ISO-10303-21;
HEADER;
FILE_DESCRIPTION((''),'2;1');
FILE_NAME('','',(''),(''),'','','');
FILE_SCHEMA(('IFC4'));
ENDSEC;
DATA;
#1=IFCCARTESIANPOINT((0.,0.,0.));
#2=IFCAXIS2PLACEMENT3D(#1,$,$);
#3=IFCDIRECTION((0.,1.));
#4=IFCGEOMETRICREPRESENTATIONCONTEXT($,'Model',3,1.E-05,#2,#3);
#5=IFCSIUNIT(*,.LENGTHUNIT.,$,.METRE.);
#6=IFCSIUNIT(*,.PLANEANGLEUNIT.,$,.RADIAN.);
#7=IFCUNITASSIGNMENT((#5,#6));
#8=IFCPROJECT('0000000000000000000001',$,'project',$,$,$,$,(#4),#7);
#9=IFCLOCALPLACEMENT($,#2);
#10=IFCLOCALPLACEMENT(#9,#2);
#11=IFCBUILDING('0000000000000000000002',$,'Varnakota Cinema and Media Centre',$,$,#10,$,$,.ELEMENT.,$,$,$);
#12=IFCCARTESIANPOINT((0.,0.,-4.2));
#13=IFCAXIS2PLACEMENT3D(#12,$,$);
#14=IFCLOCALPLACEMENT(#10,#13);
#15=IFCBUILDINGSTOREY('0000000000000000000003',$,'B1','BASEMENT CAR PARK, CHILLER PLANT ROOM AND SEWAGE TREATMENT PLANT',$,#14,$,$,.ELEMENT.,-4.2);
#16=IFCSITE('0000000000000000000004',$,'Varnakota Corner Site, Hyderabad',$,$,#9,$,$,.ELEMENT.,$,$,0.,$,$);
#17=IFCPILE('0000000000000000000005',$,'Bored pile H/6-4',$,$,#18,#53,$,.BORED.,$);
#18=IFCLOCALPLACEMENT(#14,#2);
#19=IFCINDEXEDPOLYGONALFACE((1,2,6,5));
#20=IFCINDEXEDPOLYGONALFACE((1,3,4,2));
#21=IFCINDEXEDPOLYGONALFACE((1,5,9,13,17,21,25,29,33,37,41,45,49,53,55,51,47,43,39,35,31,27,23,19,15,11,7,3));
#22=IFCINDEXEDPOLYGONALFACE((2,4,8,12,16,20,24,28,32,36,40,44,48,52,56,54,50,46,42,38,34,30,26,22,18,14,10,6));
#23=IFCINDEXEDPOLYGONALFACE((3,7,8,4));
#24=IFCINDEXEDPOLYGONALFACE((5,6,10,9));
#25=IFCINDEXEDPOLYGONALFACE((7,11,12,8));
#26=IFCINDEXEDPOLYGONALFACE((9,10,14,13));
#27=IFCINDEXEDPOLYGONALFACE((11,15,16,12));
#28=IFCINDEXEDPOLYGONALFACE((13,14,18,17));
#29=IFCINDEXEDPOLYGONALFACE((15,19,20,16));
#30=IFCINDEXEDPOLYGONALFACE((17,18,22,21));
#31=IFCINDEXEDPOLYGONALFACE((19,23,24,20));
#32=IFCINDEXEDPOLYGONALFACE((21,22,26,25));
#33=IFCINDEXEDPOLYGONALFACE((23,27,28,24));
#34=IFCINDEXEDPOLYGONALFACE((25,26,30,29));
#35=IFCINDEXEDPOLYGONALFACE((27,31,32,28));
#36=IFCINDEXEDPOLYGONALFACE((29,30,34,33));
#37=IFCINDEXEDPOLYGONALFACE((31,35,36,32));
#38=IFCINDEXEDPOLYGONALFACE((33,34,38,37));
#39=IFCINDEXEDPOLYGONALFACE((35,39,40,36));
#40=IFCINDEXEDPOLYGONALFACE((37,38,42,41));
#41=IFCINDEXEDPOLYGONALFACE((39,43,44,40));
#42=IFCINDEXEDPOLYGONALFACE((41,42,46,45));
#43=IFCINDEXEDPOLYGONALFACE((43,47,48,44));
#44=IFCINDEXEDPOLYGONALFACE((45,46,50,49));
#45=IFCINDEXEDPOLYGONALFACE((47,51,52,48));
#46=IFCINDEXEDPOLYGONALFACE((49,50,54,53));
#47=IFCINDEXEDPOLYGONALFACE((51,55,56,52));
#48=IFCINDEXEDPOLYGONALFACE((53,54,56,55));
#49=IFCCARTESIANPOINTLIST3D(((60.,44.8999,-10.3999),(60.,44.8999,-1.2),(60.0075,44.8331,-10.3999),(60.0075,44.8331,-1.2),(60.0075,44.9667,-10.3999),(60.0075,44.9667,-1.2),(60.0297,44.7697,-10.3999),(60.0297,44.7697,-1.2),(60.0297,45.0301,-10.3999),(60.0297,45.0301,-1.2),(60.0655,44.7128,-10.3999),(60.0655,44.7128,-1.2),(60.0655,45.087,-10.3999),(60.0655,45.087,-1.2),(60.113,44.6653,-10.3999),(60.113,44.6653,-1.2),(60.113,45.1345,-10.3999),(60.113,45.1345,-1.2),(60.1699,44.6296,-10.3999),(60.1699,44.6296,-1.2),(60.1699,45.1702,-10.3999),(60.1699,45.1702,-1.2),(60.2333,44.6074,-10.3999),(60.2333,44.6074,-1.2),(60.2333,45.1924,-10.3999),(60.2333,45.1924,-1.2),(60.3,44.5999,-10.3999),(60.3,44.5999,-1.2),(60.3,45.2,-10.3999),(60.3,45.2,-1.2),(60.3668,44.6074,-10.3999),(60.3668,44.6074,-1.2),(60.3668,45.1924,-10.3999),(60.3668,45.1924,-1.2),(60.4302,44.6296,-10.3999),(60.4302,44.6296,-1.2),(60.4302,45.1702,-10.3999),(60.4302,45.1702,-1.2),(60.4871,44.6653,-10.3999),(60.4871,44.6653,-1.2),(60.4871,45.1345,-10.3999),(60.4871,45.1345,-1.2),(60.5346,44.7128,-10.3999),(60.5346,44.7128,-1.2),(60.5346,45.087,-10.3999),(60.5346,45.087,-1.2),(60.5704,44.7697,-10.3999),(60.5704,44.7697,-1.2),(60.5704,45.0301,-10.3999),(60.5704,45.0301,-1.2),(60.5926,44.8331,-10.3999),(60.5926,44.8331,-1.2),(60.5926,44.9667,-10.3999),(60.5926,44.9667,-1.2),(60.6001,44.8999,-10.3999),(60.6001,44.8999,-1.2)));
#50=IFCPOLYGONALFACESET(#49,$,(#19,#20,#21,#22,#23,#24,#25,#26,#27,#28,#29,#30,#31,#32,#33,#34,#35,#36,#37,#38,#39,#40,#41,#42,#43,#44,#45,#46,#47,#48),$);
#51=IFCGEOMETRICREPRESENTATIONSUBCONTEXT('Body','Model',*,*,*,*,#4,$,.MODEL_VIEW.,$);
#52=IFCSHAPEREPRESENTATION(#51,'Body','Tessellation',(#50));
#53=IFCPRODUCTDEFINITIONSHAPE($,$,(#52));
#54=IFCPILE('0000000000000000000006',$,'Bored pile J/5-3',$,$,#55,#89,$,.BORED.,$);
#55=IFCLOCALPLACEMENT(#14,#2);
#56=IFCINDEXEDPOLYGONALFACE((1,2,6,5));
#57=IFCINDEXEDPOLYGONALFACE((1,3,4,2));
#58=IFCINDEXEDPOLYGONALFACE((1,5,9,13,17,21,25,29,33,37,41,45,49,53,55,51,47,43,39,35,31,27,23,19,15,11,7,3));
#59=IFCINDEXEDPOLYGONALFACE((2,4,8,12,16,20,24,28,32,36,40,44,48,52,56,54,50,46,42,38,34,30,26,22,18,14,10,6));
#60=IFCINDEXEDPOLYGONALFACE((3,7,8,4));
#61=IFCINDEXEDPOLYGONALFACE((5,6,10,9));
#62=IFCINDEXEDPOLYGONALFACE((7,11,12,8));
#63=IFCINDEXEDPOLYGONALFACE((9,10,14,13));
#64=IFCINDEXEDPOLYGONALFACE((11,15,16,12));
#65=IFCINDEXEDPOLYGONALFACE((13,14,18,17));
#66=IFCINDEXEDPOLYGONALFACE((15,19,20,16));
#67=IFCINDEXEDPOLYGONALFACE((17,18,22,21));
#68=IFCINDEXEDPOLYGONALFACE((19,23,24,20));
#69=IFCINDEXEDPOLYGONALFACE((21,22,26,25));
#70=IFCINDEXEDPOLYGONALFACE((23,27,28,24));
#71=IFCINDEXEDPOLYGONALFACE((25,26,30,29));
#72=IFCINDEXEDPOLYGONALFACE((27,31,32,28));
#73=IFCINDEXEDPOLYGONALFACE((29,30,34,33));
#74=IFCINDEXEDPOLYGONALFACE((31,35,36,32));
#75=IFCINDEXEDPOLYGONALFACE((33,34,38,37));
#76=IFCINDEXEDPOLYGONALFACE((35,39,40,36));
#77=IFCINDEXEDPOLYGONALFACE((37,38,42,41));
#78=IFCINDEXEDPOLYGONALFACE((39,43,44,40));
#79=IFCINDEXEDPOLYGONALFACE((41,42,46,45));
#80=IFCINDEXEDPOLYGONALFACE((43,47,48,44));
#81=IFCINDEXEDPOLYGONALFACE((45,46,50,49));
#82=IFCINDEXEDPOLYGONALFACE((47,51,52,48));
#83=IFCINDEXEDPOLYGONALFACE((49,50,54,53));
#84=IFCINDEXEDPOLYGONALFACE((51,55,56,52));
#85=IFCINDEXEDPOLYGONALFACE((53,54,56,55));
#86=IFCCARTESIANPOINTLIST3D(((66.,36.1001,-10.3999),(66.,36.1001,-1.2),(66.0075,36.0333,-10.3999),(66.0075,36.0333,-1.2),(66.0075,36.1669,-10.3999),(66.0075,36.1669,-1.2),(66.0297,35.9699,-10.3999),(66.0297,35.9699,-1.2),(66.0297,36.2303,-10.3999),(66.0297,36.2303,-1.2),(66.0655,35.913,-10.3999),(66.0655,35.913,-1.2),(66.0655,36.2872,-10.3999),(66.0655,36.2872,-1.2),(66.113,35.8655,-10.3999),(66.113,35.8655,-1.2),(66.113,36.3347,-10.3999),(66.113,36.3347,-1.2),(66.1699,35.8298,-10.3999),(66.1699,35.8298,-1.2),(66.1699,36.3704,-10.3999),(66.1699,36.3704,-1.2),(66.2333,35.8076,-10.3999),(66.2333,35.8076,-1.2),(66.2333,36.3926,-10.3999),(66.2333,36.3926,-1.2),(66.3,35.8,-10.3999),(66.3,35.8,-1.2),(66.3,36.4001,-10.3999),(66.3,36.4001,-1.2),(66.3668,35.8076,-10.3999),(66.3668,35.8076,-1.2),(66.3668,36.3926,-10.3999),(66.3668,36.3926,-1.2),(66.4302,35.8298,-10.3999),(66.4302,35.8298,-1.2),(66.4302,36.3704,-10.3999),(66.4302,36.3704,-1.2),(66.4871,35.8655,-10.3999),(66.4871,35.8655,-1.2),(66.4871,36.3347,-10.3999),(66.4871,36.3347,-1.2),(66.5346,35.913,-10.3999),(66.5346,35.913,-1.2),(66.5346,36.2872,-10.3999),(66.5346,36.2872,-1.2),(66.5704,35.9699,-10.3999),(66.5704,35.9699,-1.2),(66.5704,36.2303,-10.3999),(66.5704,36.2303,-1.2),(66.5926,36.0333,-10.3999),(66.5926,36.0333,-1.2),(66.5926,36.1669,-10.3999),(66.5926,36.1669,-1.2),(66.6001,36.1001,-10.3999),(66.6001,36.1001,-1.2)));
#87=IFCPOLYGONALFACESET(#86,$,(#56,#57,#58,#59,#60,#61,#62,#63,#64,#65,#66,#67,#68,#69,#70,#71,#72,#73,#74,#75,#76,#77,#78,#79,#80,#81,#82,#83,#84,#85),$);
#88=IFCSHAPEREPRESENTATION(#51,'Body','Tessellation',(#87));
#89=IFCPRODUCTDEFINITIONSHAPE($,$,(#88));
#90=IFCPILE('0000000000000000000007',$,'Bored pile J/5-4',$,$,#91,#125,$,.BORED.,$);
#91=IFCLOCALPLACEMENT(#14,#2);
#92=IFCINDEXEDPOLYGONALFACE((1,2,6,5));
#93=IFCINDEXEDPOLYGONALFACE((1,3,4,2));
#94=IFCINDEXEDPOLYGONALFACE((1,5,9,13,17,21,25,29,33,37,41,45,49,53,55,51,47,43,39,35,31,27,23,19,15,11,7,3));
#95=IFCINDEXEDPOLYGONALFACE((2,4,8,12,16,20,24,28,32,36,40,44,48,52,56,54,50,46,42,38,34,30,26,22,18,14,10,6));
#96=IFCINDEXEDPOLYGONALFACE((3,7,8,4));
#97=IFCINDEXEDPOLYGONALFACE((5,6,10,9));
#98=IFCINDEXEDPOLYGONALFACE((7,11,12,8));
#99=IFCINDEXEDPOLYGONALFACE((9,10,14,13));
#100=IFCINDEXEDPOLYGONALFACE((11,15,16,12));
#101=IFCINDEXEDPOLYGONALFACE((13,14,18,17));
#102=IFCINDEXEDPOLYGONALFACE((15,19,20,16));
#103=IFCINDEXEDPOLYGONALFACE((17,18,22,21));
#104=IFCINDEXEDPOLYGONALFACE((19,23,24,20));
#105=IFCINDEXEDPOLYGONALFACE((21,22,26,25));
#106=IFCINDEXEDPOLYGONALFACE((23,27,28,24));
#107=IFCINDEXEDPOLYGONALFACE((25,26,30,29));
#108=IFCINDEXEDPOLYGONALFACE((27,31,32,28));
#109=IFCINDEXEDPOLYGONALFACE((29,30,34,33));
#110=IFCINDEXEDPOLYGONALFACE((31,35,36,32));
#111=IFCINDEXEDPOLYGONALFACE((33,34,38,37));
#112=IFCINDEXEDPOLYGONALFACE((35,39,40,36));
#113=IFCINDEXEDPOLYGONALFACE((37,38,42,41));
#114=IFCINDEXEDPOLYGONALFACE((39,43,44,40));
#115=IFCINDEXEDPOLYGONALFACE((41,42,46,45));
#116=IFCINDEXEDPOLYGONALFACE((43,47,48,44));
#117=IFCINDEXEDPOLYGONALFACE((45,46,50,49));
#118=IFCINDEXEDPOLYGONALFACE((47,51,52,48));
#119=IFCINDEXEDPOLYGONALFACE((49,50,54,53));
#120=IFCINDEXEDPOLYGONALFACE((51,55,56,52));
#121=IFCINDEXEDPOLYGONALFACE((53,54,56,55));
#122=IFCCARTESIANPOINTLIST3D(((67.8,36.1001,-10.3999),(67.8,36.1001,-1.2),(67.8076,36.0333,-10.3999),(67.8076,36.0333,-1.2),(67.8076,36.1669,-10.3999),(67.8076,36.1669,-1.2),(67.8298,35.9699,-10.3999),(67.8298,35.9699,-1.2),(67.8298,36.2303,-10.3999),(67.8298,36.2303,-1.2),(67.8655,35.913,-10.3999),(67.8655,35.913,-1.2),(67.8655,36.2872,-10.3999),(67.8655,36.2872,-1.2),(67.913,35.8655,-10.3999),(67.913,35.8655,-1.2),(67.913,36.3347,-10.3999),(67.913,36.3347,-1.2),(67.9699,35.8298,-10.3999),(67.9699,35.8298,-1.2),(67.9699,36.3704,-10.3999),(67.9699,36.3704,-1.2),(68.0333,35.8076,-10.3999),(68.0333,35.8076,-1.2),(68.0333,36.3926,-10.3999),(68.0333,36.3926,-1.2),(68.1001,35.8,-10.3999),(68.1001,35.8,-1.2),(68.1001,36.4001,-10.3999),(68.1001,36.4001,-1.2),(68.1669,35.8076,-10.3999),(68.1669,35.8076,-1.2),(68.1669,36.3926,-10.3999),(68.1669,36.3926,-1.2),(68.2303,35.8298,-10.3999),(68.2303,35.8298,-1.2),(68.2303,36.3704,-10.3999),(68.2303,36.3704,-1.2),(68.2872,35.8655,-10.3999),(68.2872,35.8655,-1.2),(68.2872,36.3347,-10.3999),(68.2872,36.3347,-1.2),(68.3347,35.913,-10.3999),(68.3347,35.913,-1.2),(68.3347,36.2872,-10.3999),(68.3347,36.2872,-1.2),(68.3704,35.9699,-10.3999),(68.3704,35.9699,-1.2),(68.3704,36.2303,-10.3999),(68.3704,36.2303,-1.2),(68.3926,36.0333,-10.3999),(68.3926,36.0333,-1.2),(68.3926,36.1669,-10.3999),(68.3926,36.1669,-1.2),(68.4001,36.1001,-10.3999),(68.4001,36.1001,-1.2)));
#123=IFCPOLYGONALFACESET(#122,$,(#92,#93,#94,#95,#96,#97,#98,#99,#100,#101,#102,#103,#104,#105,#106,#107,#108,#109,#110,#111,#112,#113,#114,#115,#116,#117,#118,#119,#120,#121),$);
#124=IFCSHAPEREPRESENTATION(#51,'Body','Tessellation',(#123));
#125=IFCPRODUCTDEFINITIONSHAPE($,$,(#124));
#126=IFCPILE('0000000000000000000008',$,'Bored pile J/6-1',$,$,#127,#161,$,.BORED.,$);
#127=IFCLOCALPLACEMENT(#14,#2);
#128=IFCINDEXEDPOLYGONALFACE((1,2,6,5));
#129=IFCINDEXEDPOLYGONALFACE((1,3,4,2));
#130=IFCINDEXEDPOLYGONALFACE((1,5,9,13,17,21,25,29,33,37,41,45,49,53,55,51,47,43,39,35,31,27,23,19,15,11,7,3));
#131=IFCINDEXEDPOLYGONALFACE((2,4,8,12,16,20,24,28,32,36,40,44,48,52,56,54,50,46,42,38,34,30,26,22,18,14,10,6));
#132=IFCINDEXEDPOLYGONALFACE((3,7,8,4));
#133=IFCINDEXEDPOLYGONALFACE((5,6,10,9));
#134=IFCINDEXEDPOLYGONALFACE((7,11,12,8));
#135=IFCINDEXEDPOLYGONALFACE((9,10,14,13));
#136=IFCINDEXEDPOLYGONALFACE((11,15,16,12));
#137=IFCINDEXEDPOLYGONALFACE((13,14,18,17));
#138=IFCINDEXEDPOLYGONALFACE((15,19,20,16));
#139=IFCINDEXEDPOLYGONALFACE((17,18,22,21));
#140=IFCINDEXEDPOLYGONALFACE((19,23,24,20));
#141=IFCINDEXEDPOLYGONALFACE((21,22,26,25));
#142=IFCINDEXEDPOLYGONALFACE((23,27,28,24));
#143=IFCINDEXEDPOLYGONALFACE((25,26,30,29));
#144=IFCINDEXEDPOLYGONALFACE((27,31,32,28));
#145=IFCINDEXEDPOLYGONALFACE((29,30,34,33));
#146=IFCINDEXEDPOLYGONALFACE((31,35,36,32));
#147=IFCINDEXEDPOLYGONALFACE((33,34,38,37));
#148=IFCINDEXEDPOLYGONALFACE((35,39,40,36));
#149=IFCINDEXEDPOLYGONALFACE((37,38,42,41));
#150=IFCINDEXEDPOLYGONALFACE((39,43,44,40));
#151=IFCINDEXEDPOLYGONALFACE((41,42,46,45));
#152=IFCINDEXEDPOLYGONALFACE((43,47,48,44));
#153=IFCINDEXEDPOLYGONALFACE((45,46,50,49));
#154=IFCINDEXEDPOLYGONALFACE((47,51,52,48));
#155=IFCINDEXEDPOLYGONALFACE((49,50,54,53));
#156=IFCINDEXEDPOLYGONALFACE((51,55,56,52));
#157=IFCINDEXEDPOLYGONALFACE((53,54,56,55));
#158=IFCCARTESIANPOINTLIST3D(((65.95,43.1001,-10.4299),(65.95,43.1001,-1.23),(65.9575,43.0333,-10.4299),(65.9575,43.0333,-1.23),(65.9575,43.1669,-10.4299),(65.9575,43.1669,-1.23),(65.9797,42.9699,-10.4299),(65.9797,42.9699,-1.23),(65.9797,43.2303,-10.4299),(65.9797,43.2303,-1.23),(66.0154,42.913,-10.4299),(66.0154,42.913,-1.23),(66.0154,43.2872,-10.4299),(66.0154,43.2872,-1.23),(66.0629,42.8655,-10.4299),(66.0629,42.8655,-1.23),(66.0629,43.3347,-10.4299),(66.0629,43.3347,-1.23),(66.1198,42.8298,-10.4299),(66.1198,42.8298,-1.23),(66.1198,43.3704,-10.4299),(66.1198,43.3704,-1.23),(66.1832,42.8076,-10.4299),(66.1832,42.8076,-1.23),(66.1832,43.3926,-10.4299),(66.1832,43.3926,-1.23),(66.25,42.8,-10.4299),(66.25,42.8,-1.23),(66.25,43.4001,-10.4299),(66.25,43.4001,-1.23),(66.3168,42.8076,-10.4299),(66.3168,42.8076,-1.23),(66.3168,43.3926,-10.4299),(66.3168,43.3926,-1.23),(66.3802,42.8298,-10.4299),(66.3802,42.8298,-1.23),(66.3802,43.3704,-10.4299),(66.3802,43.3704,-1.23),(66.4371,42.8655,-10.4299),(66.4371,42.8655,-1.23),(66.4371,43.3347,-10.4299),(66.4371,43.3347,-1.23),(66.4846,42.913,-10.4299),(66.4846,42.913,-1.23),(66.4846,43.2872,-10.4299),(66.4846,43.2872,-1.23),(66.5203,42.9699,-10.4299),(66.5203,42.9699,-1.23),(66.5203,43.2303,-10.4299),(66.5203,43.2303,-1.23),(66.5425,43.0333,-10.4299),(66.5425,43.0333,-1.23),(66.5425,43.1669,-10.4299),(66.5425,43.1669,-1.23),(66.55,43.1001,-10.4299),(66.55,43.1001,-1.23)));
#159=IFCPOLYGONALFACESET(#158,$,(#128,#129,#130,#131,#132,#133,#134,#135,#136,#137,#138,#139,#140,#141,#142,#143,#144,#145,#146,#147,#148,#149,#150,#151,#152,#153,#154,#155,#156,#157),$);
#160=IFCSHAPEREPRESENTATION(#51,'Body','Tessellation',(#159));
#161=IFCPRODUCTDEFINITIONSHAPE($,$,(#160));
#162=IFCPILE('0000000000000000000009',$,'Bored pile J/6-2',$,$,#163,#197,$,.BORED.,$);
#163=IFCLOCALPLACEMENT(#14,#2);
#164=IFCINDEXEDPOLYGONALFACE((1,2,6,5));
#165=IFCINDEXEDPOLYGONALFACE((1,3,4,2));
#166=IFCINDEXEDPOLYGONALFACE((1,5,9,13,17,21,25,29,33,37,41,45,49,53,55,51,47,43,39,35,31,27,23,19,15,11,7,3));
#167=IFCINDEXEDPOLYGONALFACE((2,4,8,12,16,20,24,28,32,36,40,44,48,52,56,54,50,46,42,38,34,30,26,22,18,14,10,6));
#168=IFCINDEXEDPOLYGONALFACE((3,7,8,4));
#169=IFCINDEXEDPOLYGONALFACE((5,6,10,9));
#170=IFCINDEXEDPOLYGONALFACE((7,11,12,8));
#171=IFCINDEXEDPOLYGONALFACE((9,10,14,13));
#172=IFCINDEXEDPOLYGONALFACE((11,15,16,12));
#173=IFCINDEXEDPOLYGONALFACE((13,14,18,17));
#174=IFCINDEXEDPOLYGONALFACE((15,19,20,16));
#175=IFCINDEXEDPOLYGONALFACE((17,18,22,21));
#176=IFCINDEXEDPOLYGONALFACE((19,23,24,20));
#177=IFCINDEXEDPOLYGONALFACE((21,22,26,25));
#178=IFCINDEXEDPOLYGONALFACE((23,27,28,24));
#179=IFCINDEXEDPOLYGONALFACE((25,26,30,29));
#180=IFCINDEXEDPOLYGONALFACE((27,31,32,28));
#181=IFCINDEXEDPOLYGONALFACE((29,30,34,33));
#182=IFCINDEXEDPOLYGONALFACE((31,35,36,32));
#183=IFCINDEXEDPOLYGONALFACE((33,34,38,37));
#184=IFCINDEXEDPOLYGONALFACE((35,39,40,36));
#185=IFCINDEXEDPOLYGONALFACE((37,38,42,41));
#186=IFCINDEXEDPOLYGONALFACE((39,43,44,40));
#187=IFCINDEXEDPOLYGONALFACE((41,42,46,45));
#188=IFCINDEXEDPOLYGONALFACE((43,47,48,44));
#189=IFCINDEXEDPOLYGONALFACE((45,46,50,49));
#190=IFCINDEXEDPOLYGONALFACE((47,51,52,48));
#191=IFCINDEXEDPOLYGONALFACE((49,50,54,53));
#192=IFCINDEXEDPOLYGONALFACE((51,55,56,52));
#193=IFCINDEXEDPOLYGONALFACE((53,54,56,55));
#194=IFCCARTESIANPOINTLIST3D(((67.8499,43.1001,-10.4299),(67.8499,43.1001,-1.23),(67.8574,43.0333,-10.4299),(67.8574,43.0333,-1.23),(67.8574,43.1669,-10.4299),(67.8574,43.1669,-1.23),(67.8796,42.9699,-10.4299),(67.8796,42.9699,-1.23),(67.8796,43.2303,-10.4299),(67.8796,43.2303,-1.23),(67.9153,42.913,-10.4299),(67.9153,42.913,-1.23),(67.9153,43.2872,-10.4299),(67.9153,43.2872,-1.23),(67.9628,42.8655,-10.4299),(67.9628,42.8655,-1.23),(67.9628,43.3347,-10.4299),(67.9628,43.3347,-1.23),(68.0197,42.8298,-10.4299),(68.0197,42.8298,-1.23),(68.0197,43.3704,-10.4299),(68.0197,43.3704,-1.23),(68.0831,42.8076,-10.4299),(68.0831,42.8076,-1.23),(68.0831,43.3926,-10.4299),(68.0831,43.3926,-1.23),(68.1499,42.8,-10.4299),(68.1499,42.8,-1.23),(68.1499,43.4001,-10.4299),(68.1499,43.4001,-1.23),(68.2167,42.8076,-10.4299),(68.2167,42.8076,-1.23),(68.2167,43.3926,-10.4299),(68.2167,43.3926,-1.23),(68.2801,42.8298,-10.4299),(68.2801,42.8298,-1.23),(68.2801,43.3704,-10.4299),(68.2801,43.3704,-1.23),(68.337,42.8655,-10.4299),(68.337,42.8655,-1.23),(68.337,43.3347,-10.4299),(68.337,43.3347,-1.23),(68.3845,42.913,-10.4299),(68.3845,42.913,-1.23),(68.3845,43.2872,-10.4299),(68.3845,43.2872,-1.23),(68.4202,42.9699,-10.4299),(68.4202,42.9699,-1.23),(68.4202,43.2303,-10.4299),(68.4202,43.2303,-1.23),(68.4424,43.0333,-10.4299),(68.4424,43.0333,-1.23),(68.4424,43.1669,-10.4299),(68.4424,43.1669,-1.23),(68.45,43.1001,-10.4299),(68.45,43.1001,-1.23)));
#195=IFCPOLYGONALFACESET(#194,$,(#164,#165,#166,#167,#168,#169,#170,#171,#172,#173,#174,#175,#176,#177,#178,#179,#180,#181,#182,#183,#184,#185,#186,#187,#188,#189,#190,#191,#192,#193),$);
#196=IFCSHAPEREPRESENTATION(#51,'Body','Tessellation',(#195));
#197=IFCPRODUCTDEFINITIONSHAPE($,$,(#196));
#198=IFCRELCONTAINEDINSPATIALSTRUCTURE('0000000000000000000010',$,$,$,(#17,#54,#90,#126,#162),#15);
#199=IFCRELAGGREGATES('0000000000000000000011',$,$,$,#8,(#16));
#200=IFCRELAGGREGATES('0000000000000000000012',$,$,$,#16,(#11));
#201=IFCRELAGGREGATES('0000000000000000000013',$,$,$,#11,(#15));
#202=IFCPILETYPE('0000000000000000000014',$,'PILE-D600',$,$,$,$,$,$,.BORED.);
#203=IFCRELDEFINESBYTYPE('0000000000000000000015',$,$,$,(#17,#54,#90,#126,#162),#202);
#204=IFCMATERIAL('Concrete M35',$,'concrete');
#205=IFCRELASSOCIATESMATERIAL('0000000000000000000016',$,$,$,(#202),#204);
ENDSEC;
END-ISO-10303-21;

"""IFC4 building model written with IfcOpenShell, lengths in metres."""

from ifc_helpers import new_model, si_unit, direction, frame, origin, origin_2d, place, context, subcontext, project, spatial, circle, extrude, material, material_profile, profile_set, type_object, element, save


model = new_model("IFC4")

# Units and contexts
model_context = context("Model", 3, precision=1e-05, world=origin(), true_north=direction((0.0, 1.0)))
body_context = subcontext(model_context, "Body", "Model", "MODEL_VIEW")
ifc_project = project(units=[si_unit("LENGTHUNIT", "METRE"), si_unit("PLANEANGLEUNIT", "RADIAN")], contexts=[model_context])

# Site, building, storey
site_placement = place(None, origin())
site = spatial("IfcSite", under=ifc_project, at=site_placement, Name="Varnakota Corner Site, Hyderabad", CompositionType="ELEMENT", RefElevation=0.0)
building_placement = place(site_placement, origin())
building = spatial("IfcBuilding", under=site, at=building_placement, Name="Varnakota Cinema and Media Centre", CompositionType="ELEMENT")
storey_placement = place(building_placement, frame((0.0, 0.0, -4.2)))
storey = spatial("IfcBuildingStorey", under=building, at=storey_placement, Name="B1", Description="BASEMENT CAR PARK, CHILLER PLANT ROOM AND SEWAGE TREATMENT PLANT", CompositionType="ELEMENT", Elevation=-4.2)

# Piles
ifc_material_1 = material(Name="Concrete M35", Category="concrete")
ifc_material_profile_1 = material_profile(ifc_material_1, circle(Radius=0.3, at=origin_2d()), Name="PILE D600")
ifc_profile_set_1 = profile_set([ifc_material_profile_1], Name="Concrete M35")
pile_type_1 = type_object("IfcPileType", Name="PILE-D600", PredefinedType="BORED", material=ifc_profile_set_1)
for number, where, z_axis, x_axis, name in (
    (1, (60.3, 44.8999, -1.2), (0.0, 0.0, -1.0), (1.0, 0.0, 0.0), "Bored pile H/6-4"),
    (2, (66.3, 36.1001, -1.2), (0.0, 0.0, -1.0), (1.0, 0.0, 0.0), "Bored pile J/5-3"),
    (3, (68.1001, 36.1001, -1.2), (0.0, 0.0, -1.0), (1.0, 0.0, 0.0), "Bored pile J/5-4"),
    (4, (66.25, 43.1001, -1.23), (0.0, 0.0, -1.0), (1.0, 0.0, 0.0), "Bored pile J/6-1"),
    (5, (68.1499, 43.1001, -1.23), (0.0, 0.0, -1.0), (1.0, 0.0, 0.0), "Bored pile J/6-2"),
):
    element("IfcPile", number, at=place(storey_placement, frame(where, z_axis=z_axis, x_axis=x_axis)), inside=storey, type_object=pile_type_1, Name=name, PredefinedType="BORED", context=body_context, shape_type="SweptSolid", body=[
        extrude(circle(Radius=0.3, at=origin_2d()), origin(), (0.0, 0.0, 1.0), 9.2),
    ])

save(model, "model.ifc")
